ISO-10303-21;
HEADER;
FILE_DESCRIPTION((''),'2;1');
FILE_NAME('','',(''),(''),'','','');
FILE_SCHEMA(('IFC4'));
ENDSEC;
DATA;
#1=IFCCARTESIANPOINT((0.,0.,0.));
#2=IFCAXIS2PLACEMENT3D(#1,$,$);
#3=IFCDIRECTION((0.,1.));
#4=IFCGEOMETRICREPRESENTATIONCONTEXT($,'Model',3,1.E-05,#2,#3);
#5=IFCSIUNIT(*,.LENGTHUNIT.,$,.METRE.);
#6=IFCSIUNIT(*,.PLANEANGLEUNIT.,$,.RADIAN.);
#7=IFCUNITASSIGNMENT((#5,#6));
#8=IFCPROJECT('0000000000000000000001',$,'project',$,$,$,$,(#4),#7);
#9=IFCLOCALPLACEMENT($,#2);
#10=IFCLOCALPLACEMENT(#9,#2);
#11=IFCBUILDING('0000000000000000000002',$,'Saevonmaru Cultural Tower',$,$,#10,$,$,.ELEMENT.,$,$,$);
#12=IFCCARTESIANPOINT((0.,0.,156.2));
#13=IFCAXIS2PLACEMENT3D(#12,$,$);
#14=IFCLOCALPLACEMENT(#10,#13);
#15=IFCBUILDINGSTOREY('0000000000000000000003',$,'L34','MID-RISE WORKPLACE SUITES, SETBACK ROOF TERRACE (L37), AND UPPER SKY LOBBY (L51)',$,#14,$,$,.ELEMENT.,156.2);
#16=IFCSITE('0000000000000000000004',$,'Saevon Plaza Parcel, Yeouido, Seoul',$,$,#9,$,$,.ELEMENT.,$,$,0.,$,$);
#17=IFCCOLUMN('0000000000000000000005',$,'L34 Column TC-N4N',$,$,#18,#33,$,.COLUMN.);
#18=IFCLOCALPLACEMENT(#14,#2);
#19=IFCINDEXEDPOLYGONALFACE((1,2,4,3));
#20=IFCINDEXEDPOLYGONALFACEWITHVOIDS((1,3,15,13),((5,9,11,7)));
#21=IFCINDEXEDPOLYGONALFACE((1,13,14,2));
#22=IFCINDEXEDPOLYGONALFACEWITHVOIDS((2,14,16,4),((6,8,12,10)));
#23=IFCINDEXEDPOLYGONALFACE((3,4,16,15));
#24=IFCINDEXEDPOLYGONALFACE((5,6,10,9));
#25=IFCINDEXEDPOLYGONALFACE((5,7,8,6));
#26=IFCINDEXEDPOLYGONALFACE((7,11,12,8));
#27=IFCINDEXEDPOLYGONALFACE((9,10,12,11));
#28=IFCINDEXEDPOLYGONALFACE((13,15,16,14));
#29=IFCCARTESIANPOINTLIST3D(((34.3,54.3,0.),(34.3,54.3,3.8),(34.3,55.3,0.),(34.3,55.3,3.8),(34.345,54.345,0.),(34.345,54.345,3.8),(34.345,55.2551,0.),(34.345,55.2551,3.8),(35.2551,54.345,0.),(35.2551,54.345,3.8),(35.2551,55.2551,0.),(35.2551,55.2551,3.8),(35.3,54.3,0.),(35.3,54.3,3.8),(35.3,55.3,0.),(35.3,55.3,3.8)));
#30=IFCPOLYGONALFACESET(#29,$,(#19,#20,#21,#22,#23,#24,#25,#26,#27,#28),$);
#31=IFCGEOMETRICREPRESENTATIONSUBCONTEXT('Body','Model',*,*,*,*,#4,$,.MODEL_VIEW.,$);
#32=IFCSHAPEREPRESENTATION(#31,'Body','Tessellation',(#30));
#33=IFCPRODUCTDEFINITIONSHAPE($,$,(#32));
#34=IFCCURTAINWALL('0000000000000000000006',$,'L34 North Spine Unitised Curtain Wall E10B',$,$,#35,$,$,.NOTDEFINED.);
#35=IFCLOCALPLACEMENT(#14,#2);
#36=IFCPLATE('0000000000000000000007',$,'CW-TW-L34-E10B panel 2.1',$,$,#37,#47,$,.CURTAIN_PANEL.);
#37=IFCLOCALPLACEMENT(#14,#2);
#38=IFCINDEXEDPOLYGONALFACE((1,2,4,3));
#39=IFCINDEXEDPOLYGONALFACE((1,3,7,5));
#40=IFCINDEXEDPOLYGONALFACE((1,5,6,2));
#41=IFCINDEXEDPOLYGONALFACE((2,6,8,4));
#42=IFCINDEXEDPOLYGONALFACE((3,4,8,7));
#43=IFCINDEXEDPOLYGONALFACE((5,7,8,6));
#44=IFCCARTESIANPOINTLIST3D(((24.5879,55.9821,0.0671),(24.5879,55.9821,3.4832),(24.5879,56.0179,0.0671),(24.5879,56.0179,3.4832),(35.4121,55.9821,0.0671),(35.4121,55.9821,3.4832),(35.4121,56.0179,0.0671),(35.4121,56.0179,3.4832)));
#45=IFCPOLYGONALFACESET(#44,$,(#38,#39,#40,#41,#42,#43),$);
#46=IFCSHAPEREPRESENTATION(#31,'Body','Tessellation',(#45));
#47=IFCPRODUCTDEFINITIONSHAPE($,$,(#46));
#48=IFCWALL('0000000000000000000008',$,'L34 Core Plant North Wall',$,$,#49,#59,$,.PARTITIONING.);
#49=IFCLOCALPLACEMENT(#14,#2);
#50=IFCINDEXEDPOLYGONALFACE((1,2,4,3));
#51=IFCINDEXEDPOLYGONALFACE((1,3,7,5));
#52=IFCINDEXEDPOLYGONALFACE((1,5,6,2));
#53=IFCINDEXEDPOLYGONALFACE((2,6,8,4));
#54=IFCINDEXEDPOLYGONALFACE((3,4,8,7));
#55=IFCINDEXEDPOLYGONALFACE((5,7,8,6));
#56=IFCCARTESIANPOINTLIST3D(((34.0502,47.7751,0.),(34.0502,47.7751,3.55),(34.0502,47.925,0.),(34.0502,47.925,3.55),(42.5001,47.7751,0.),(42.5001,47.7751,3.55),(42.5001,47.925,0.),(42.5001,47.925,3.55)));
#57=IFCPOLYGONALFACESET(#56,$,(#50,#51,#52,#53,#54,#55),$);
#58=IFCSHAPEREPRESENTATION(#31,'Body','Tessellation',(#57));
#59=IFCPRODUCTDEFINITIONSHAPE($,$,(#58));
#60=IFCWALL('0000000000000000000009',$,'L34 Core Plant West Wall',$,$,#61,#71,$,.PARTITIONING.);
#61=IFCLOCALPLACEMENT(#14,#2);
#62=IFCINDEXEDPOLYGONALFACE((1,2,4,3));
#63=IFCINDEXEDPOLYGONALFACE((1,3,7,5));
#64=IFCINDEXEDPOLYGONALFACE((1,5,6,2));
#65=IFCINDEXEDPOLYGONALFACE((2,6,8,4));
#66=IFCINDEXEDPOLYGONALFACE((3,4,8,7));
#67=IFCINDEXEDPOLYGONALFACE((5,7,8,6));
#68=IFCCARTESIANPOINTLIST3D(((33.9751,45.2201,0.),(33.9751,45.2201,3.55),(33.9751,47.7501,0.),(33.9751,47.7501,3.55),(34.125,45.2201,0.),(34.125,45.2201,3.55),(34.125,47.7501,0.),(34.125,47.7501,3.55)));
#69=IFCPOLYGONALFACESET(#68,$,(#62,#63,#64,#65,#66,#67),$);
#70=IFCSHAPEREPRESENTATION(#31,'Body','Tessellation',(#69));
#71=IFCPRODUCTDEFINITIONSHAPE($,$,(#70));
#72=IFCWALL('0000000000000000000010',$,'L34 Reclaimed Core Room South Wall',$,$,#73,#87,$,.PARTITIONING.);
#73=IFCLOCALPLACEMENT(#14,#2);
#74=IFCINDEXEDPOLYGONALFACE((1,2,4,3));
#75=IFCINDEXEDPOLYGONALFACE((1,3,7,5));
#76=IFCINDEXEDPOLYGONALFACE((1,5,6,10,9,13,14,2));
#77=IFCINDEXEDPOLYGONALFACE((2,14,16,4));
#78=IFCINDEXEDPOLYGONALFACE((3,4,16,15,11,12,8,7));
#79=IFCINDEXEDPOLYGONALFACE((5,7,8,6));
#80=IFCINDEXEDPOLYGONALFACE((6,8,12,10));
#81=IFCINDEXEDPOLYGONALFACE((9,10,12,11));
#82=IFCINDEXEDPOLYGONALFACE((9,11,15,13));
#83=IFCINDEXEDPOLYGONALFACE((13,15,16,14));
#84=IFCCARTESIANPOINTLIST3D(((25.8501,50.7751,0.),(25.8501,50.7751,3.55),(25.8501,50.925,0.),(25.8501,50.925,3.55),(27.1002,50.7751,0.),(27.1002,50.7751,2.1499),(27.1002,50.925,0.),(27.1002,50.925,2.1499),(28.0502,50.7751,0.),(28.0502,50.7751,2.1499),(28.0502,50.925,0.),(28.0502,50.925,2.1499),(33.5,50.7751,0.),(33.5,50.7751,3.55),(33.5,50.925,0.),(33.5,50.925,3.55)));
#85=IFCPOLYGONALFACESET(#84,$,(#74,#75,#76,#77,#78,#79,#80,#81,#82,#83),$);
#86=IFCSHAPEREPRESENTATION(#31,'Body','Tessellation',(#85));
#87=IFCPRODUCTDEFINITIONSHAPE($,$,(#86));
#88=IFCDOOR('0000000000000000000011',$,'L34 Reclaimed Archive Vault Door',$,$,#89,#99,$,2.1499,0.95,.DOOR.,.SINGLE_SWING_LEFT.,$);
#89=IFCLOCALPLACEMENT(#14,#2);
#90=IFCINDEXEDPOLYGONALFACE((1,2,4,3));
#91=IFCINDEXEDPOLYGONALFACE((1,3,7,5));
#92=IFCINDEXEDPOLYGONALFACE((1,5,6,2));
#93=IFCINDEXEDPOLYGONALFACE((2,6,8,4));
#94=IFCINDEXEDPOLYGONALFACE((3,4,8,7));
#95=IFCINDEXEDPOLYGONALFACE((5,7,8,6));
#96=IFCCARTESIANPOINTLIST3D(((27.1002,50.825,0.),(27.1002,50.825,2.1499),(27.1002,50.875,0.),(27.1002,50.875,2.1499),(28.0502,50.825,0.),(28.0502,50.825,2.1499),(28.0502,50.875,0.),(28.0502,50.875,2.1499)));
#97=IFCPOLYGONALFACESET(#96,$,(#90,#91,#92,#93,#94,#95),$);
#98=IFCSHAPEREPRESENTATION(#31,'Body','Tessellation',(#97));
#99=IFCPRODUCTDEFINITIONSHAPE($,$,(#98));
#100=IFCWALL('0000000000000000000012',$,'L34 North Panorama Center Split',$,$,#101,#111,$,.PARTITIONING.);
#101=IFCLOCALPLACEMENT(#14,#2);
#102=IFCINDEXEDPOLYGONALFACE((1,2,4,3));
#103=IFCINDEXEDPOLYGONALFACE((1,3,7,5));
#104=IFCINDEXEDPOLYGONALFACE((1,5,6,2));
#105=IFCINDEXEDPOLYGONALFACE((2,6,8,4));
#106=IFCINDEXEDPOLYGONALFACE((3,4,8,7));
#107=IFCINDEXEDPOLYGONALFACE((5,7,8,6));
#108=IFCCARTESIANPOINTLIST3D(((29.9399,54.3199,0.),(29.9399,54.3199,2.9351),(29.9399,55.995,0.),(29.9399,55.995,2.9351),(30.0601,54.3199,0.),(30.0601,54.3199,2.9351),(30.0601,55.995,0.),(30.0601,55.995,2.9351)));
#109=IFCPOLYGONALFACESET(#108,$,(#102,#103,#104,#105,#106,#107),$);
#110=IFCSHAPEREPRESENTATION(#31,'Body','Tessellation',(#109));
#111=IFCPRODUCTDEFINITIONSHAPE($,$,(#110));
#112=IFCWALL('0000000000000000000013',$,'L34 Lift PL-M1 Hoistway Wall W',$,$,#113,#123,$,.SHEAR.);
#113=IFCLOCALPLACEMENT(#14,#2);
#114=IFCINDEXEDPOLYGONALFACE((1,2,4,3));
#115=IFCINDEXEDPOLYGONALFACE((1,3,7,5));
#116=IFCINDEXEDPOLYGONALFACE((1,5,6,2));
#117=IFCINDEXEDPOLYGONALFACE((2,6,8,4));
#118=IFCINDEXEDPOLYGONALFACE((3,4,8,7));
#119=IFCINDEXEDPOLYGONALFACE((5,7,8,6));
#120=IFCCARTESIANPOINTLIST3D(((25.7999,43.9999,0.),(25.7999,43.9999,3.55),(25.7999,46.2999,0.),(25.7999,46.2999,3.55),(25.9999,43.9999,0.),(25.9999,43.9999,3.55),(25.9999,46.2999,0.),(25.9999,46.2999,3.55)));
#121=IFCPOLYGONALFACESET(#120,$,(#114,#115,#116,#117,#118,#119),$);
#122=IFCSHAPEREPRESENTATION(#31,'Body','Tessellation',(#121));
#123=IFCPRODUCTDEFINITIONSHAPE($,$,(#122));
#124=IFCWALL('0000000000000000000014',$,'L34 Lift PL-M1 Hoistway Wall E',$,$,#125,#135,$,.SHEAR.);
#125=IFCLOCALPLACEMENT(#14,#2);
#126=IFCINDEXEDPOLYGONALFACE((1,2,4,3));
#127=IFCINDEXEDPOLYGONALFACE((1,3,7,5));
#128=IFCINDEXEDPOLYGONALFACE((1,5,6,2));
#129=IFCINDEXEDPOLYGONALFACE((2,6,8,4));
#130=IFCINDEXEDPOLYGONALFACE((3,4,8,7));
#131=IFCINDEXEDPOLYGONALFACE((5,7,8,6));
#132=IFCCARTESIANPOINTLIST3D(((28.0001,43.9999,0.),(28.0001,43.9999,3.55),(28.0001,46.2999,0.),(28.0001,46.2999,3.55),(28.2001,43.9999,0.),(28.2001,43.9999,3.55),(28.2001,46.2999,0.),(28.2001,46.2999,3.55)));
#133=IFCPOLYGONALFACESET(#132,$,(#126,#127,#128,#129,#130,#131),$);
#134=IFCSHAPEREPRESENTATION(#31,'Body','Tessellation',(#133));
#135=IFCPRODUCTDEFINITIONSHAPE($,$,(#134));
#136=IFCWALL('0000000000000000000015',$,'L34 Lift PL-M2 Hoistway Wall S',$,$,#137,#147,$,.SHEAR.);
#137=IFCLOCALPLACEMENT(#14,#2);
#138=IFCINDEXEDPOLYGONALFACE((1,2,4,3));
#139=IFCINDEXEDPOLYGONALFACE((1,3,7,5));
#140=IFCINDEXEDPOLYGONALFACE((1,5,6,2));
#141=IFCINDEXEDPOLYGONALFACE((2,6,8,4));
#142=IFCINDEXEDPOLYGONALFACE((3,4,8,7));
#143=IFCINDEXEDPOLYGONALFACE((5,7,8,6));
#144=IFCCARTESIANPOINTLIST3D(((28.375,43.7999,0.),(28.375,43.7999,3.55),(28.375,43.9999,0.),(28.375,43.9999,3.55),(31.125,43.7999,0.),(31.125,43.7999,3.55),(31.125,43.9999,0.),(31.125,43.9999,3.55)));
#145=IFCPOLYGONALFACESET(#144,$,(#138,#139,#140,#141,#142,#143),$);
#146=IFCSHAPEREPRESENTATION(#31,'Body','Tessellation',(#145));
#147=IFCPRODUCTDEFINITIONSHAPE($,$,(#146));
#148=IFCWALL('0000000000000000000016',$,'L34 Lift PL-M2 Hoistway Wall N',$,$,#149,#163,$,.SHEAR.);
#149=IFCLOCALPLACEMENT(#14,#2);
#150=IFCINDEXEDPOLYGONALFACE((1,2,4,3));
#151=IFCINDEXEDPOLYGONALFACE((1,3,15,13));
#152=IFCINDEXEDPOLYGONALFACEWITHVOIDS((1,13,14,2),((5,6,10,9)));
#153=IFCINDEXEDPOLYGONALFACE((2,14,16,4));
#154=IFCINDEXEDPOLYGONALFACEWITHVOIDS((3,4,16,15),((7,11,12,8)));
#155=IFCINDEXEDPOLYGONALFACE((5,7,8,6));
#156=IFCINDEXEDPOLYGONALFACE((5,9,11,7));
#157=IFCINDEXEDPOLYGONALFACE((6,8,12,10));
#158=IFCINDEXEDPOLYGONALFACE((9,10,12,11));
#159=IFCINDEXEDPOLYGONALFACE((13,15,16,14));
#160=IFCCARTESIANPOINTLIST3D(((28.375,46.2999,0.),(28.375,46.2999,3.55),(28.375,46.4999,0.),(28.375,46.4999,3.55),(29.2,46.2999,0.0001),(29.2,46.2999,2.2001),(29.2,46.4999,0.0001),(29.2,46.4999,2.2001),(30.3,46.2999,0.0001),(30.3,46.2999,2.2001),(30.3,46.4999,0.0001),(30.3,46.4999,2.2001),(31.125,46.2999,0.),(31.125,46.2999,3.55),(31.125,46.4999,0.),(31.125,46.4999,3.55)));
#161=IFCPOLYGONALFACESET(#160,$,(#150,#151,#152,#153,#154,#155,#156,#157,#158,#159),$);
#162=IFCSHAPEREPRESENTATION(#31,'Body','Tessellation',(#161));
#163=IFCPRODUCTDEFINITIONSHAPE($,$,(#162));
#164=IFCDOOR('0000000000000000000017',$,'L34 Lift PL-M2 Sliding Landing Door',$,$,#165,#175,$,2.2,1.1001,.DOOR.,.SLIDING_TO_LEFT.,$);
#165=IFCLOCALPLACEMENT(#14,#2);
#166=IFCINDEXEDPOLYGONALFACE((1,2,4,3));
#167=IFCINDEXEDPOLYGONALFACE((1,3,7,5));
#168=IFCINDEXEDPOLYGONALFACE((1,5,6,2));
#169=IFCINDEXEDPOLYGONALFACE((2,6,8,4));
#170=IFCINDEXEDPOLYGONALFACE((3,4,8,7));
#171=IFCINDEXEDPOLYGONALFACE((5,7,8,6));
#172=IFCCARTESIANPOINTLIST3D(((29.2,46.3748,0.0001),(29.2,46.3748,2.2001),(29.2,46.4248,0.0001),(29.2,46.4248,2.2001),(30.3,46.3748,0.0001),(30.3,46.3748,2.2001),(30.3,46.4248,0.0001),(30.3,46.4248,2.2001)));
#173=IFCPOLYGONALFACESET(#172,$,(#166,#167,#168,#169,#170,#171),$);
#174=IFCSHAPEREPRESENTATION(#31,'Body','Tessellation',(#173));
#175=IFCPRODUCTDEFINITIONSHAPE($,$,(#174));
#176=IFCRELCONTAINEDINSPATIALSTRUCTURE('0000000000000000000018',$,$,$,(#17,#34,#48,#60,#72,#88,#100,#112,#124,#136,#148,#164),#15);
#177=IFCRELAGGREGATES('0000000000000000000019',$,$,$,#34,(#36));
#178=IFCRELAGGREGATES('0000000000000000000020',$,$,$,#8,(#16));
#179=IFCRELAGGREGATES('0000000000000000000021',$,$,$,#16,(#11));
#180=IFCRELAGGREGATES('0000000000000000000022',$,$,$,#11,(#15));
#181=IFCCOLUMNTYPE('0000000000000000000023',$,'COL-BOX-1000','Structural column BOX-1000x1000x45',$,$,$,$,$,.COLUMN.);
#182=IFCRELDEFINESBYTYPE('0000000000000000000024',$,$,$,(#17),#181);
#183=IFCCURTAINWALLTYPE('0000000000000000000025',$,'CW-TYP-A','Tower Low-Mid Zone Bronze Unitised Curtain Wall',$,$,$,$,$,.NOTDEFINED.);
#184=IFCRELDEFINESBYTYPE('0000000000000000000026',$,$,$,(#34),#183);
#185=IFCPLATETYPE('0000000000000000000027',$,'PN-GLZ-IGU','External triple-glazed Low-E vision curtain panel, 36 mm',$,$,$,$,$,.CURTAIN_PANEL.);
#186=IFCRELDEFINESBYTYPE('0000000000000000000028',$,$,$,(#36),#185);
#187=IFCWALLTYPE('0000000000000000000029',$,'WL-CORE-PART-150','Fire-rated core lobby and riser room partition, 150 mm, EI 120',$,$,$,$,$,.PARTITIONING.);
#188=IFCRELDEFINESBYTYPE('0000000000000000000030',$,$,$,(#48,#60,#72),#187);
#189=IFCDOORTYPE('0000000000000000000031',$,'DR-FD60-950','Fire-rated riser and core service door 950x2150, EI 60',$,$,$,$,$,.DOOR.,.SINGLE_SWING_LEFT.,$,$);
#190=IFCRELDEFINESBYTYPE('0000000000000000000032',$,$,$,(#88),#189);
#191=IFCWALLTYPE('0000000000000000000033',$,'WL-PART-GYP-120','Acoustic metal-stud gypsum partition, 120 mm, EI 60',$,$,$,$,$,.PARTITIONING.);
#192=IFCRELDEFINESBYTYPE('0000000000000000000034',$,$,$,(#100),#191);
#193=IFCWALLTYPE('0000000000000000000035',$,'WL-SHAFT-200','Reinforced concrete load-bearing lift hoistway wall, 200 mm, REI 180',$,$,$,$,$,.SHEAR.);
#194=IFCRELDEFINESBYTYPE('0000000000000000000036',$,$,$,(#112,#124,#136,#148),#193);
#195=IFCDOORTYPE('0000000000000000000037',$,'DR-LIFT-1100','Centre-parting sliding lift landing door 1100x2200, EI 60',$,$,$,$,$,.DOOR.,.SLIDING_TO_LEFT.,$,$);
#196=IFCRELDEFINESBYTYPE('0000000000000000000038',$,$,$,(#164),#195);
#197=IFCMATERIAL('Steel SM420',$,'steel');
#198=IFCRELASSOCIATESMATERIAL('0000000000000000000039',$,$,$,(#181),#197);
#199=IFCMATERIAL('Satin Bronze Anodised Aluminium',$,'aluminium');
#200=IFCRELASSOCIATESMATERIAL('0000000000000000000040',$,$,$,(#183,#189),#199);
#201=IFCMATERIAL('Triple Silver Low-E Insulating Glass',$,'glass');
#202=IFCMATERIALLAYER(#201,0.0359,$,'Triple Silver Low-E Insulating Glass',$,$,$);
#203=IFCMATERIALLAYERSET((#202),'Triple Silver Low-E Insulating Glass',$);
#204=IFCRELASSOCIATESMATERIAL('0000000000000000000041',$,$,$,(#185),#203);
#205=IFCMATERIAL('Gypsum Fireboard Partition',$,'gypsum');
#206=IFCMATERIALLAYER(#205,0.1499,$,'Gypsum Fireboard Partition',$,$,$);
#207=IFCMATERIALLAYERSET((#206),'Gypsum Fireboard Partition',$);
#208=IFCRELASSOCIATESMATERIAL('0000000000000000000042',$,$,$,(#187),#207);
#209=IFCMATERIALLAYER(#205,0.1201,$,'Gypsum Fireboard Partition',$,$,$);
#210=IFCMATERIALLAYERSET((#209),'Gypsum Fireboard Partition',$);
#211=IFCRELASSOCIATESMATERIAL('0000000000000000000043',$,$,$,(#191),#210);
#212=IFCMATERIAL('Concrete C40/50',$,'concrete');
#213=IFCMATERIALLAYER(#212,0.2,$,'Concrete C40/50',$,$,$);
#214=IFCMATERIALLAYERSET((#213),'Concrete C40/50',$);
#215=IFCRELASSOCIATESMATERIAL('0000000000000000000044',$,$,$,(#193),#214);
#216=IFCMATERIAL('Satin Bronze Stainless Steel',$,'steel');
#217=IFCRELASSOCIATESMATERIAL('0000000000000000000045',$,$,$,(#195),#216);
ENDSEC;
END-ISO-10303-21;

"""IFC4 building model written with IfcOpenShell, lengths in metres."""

from ifc_helpers import new_model, si_unit, direction, frame, frame_2d, origin, origin_2d, place, context, subcontext, project, spatial, rectangle, hollow_rectangle, extrude, material, layer, layer_set, material_profile, profile_set, type_object, element, fill, aggregate, save


model = new_model("IFC4")

# Units and contexts
model_context = context("Model", 3, precision=1e-05, world=origin(), true_north=direction((0.0, 1.0)))
body_context = subcontext(model_context, "Body", "Model", "MODEL_VIEW")
ifc_project = project(units=[si_unit("LENGTHUNIT", "METRE"), si_unit("PLANEANGLEUNIT", "RADIAN")], contexts=[model_context])

# Site, building, storey
site_placement = place(None, origin())
site = spatial("IfcSite", under=ifc_project, at=site_placement, Name="Saevon Plaza Parcel, Yeouido, Seoul", CompositionType="ELEMENT", RefElevation=0.0)
building_placement = place(site_placement, origin())
building = spatial("IfcBuilding", under=site, at=building_placement, Name="Saevonmaru Cultural Tower", CompositionType="ELEMENT")
storey_placement = place(building_placement, frame((0.0, 0.0, 156.2)))
storey = spatial("IfcBuildingStorey", under=building, at=storey_placement, Name="L34", Description="MID-RISE WORKPLACE SUITES, SETBACK ROOF TERRACE (L37), AND UPPER SKY LOBBY (L51)", CompositionType="ELEMENT", Elevation=156.2)

# Column
ifc_material_1 = material(Name="Steel SM420", Category="steel")
ifc_material_profile = material_profile(ifc_material_1, hollow_rectangle(XDim=1.0, YDim=1.0, WallThickness=0.0449, at=origin_2d()), Name="BOX-1000x1000x45")
ifc_profile_set = profile_set([ifc_material_profile], Name="Steel SM420")
column_type = type_object("IfcColumnType", Name="COL-BOX-1000", Description="Structural column BOX-1000x1000x45", PredefinedType="COLUMN", material=ifc_profile_set)
column_placement = place(storey_placement, frame((34.8, 54.8, 0.0), z_axis=(0.0, 0.0, 1.0), x_axis=(1.0, 0.0, 0.0)))
element("IfcColumn", 1, at=column_placement, inside=storey, type_object=column_type, Name="L34 Column TC-N4N", PredefinedType="COLUMN", context=body_context, shape_type="SweptSolid", body=[
    extrude(hollow_rectangle(XDim=1.0, YDim=1.0, WallThickness=0.0449, at=origin_2d()), origin(), (0.0, 0.0, 1.0), 3.8),
])

# Curtain wall, plate
ifc_material_2 = material(Name="Satin Bronze Anodised Aluminium", Category="aluminium")
curtain_wall_type = type_object("IfcCurtainWallType", Name="CW-TYP-A", Description="Tower Low-Mid Zone Bronze Unitised Curtain Wall", PredefinedType="NOTDEFINED", material=ifc_material_2)
curtain_wall_placement = place(storey_placement, origin())
curtain_wall = element("IfcCurtainWall", 2, at=curtain_wall_placement, inside=storey, type_object=curtain_wall_type, Name="L34 North Spine Unitised Curtain Wall E10B", PredefinedType="NOTDEFINED")
ifc_material_3 = material(Name="Triple Silver Low-E Insulating Glass", Category="glass")
ifc_layer_1 = layer(ifc_material_3, 0.0359, Name="Triple Silver Low-E Insulating Glass")
ifc_layer_set_1 = layer_set([ifc_layer_1], Name="Triple Silver Low-E Insulating Glass")
plate_type = type_object("IfcPlateType", Name="PN-GLZ-IGU", Description="External triple-glazed Low-E vision curtain panel, 36 mm", PredefinedType="CURTAIN_PANEL", material=ifc_layer_set_1)
plate_placement = place(storey_placement, frame((30.0, 56.0, 0.0671), z_axis=(0.0, 0.0, 1.0), x_axis=(-1.0, 0.0, 0.0)))
plate = element("IfcPlate", 3, at=plate_placement, type_object=plate_type, Name="CW-TW-L34-E10B panel 2.1", PredefinedType="CURTAIN_PANEL", context=body_context, shape_type="SweptSolid", body=[
    extrude(rectangle(XDim=10.8242, YDim=0.0359, at=origin_2d()), origin(), (0.0, 0.0, 1.0), 3.416),
])
aggregate(curtain_wall, [plate])

# Shared definitions
ifc_material_4 = material(Name="Gypsum Fireboard Partition", Category="gypsum")
ifc_layer_2 = layer(ifc_material_4, 0.1499, Name="Gypsum Fireboard Partition")
ifc_layer_set_2 = layer_set([ifc_layer_2], Name="Gypsum Fireboard Partition")
wall_type_1 = type_object("IfcWallType", Name="WL-CORE-PART-150", Description="Fire-rated core lobby and riser room partition, 150 mm, EI 120", PredefinedType="PARTITIONING", material=ifc_layer_set_2)

# Shared definitions
door_type_1 = type_object("IfcDoorType", Name="DR-FD60-950", Description="Fire-rated riser and core service door 950x2150, EI 60", OperationType="SINGLE_SWING_LEFT", PredefinedType="DOOR", material=ifc_material_2)

# Walls
wall_1_placement = place(storey_placement, frame((34.05, 47.8501, 0.0), z_axis=(0.0, 0.0, 1.0), x_axis=(1.0, 0.0, 0.0)))
element("IfcWall", 4, at=wall_1_placement, inside=storey, type_object=wall_type_1, Name="L34 Core Plant North Wall", PredefinedType="PARTITIONING", context=body_context, shape_type="SweptSolid", body=[
    extrude(rectangle(XDim=8.45, YDim=0.1499, at=frame_2d((4.2251, 0.0))), origin(), (0.0, 0.0, 1.0), 3.55),
])
wall_2_placement = place(storey_placement, frame((34.05, 45.22, 0.0), z_axis=(0.0, 0.0, 1.0), x_axis=(0.0, 1.0, 0.0)))
element("IfcWall", 5, at=wall_2_placement, inside=storey, type_object=wall_type_1, Name="L34 Core Plant West Wall", PredefinedType="PARTITIONING", context=body_context, shape_type="SweptSolid", body=[
    extrude(rectangle(XDim=2.53, YDim=0.1499, at=frame_2d((1.2651, 0.0))), origin(), (0.0, 0.0, 1.0), 3.55),
])

# Wall, opening, door
wall_3_placement = place(storey_placement, frame((25.8501, 50.8501, 0.0), z_axis=(0.0, 0.0, 1.0), x_axis=(1.0, 0.0, 0.0)))
wall_3 = element("IfcWall", 6, at=wall_3_placement, inside=storey, type_object=wall_type_1, Name="L34 Reclaimed Core Room South Wall", PredefinedType="PARTITIONING", context=body_context, shape_type="SweptSolid", body=[
    extrude(rectangle(XDim=7.6499, YDim=0.1499, at=frame_2d((3.825, 0.0))), origin(), (0.0, 0.0, 1.0), 3.55),
])
opening_1_placement = place(wall_3_placement, frame((1.25, 0.0, 0.0)))
opening_1 = element("IfcOpeningElement", 7, at=opening_1_placement, cuts=wall_3, PredefinedType="OPENING", context=body_context, shape_type="SweptSolid", body=[
    extrude(rectangle(XDim=0.95, YDim=2.1499, at=frame_2d((0.4751, 1.075))), frame((0.0, 0.085, 0.0), z_axis=(0.0, -1.0, 0.0), x_axis=(1.0, 0.0, 0.0)), (0.0, 0.0, 1.0), 0.1699),
])
door_1_placement = place(opening_1_placement, origin())
door_1 = element("IfcDoor", 8, at=door_1_placement, inside=storey, type_object=door_type_1, Name="L34 Reclaimed Archive Vault Door", OperationType="SINGLE_SWING_LEFT", OverallHeight=2.1499, OverallWidth=0.95, PredefinedType="DOOR", context=body_context, shape_type="SweptSolid", body=[
    extrude(rectangle(XDim=0.95, YDim=2.1499, at=frame_2d((0.4751, 1.075))), frame((0.0, 0.0249, 0.0), z_axis=(0.0, -1.0, 0.0), x_axis=(1.0, 0.0, 0.0)), (0.0, 0.0, 1.0), 0.05),
])
fill(opening_1, door_1)

# Walls
ifc_layer_3 = layer(ifc_material_4, 0.1201, Name="Gypsum Fireboard Partition")
ifc_layer_set_3 = layer_set([ifc_layer_3], Name="Gypsum Fireboard Partition")
wall_type_2 = type_object("IfcWallType", Name="WL-PART-GYP-120", Description="Acoustic metal-stud gypsum partition, 120 mm, EI 60", PredefinedType="PARTITIONING", material=ifc_layer_set_3)
wall_4_placement = place(storey_placement, frame((30.0, 54.3201, 0.0), z_axis=(0.0, 0.0, 1.0), x_axis=(0.0, 1.0, 0.0)))
element("IfcWall", 9, at=wall_4_placement, inside=storey, type_object=wall_type_2, Name="L34 North Panorama Center Split", PredefinedType="PARTITIONING", context=body_context, shape_type="SweptSolid", body=[
    extrude(rectangle(XDim=1.675, YDim=0.1201, at=frame_2d((0.8374, 0.0))), origin(), (0.0, 0.0, 1.0), 2.9351),
])
ifc_material_5 = material(Name="Concrete C40/50", Category="concrete")
ifc_layer_4 = layer(ifc_material_5, 0.2, Name="Concrete C40/50")
ifc_layer_set_4 = layer_set([ifc_layer_4], Name="Concrete C40/50")
wall_type_3 = type_object("IfcWallType", Name="WL-SHAFT-200", Description="Reinforced concrete load-bearing lift hoistway wall, 200 mm, REI 180", PredefinedType="SHEAR", material=ifc_layer_set_4)
for number, where, z_axis, x_axis, name in (
    (10, (25.8999, 44.0, 0.0), (0.0, 0.0, 1.0), (0.0, 1.0, 0.0), "L34 Lift PL-M1 Hoistway Wall W"),
    (11, (28.1001, 44.0, 0.0), (0.0, 0.0, 1.0), (0.0, 1.0, 0.0), "L34 Lift PL-M1 Hoistway Wall E"),
):
    element("IfcWall", number, at=place(storey_placement, frame(where, z_axis=z_axis, x_axis=x_axis)), inside=storey, type_object=wall_type_3, Name=name, PredefinedType="SHEAR", context=body_context, shape_type="SweptSolid", body=[
        extrude(rectangle(XDim=2.3, YDim=0.2, at=frame_2d((1.1499, 0.0))), origin(), (0.0, 0.0, 1.0), 3.55),
    ])
wall_5_placement = place(storey_placement, frame((28.375, 43.8999, 0.0), z_axis=(0.0, 0.0, 1.0), x_axis=(1.0, 0.0, 0.0)))
element("IfcWall", 12, at=wall_5_placement, inside=storey, type_object=wall_type_3, Name="L34 Lift PL-M2 Hoistway Wall S", PredefinedType="SHEAR", context=body_context, shape_type="SweptSolid", body=[
    extrude(rectangle(XDim=2.75, YDim=0.2, at=frame_2d((1.375, 0.0))), origin(), (0.0, 0.0, 1.0), 3.55),
])

# Wall, opening, door
wall_6_placement = place(storey_placement, frame((28.375, 46.3999, 0.0), z_axis=(0.0, 0.0, 1.0), x_axis=(1.0, 0.0, 0.0)))
wall_6 = element("IfcWall", 13, at=wall_6_placement, inside=storey, type_object=wall_type_3, Name="L34 Lift PL-M2 Hoistway Wall N", PredefinedType="SHEAR", context=body_context, shape_type="SweptSolid", body=[
    extrude(rectangle(XDim=2.75, YDim=0.2, at=frame_2d((1.375, 0.0))), origin(), (0.0, 0.0, 1.0), 3.55),
])
opening_2_placement = place(wall_6_placement, frame((0.825, 0.0, 0.0)))
opening_2 = element("IfcOpeningElement", 14, at=opening_2_placement, cuts=wall_6, PredefinedType="OPENING", context=body_context, shape_type="SweptSolid", body=[
    extrude(rectangle(XDim=1.1001, YDim=2.2, at=frame_2d((0.55, 1.1001))), frame((0.0, 0.1099, 0.0), z_axis=(0.0, -1.0, 0.0), x_axis=(1.0, 0.0, 0.0)), (0.0, 0.0, 1.0), 0.22),
])
ifc_material_6 = material(Name="Satin Bronze Stainless Steel", Category="steel")
door_type_2 = type_object("IfcDoorType", Name="DR-LIFT-1100", Description="Centre-parting sliding lift landing door 1100x2200, EI 60", OperationType="SLIDING_TO_LEFT", PredefinedType="DOOR", material=ifc_material_6)
door_2_placement = place(opening_2_placement, origin())
door_2 = element("IfcDoor", 15, at=door_2_placement, inside=storey, type_object=door_type_2, Name="L34 Lift PL-M2 Sliding Landing Door", OperationType="SLIDING_TO_LEFT", OverallHeight=2.2, OverallWidth=1.1001, PredefinedType="DOOR", context=body_context, shape_type="SweptSolid", body=[
    extrude(rectangle(XDim=1.1001, YDim=2.2, at=frame_2d((0.55, 1.1001))), frame((0.0, 0.0249, 0.0), z_axis=(0.0, -1.0, 0.0), x_axis=(1.0, 0.0, 0.0)), (0.0, 0.0, 1.0), 0.05),
])
fill(opening_2, door_2)

save(model, "model.ifc")
